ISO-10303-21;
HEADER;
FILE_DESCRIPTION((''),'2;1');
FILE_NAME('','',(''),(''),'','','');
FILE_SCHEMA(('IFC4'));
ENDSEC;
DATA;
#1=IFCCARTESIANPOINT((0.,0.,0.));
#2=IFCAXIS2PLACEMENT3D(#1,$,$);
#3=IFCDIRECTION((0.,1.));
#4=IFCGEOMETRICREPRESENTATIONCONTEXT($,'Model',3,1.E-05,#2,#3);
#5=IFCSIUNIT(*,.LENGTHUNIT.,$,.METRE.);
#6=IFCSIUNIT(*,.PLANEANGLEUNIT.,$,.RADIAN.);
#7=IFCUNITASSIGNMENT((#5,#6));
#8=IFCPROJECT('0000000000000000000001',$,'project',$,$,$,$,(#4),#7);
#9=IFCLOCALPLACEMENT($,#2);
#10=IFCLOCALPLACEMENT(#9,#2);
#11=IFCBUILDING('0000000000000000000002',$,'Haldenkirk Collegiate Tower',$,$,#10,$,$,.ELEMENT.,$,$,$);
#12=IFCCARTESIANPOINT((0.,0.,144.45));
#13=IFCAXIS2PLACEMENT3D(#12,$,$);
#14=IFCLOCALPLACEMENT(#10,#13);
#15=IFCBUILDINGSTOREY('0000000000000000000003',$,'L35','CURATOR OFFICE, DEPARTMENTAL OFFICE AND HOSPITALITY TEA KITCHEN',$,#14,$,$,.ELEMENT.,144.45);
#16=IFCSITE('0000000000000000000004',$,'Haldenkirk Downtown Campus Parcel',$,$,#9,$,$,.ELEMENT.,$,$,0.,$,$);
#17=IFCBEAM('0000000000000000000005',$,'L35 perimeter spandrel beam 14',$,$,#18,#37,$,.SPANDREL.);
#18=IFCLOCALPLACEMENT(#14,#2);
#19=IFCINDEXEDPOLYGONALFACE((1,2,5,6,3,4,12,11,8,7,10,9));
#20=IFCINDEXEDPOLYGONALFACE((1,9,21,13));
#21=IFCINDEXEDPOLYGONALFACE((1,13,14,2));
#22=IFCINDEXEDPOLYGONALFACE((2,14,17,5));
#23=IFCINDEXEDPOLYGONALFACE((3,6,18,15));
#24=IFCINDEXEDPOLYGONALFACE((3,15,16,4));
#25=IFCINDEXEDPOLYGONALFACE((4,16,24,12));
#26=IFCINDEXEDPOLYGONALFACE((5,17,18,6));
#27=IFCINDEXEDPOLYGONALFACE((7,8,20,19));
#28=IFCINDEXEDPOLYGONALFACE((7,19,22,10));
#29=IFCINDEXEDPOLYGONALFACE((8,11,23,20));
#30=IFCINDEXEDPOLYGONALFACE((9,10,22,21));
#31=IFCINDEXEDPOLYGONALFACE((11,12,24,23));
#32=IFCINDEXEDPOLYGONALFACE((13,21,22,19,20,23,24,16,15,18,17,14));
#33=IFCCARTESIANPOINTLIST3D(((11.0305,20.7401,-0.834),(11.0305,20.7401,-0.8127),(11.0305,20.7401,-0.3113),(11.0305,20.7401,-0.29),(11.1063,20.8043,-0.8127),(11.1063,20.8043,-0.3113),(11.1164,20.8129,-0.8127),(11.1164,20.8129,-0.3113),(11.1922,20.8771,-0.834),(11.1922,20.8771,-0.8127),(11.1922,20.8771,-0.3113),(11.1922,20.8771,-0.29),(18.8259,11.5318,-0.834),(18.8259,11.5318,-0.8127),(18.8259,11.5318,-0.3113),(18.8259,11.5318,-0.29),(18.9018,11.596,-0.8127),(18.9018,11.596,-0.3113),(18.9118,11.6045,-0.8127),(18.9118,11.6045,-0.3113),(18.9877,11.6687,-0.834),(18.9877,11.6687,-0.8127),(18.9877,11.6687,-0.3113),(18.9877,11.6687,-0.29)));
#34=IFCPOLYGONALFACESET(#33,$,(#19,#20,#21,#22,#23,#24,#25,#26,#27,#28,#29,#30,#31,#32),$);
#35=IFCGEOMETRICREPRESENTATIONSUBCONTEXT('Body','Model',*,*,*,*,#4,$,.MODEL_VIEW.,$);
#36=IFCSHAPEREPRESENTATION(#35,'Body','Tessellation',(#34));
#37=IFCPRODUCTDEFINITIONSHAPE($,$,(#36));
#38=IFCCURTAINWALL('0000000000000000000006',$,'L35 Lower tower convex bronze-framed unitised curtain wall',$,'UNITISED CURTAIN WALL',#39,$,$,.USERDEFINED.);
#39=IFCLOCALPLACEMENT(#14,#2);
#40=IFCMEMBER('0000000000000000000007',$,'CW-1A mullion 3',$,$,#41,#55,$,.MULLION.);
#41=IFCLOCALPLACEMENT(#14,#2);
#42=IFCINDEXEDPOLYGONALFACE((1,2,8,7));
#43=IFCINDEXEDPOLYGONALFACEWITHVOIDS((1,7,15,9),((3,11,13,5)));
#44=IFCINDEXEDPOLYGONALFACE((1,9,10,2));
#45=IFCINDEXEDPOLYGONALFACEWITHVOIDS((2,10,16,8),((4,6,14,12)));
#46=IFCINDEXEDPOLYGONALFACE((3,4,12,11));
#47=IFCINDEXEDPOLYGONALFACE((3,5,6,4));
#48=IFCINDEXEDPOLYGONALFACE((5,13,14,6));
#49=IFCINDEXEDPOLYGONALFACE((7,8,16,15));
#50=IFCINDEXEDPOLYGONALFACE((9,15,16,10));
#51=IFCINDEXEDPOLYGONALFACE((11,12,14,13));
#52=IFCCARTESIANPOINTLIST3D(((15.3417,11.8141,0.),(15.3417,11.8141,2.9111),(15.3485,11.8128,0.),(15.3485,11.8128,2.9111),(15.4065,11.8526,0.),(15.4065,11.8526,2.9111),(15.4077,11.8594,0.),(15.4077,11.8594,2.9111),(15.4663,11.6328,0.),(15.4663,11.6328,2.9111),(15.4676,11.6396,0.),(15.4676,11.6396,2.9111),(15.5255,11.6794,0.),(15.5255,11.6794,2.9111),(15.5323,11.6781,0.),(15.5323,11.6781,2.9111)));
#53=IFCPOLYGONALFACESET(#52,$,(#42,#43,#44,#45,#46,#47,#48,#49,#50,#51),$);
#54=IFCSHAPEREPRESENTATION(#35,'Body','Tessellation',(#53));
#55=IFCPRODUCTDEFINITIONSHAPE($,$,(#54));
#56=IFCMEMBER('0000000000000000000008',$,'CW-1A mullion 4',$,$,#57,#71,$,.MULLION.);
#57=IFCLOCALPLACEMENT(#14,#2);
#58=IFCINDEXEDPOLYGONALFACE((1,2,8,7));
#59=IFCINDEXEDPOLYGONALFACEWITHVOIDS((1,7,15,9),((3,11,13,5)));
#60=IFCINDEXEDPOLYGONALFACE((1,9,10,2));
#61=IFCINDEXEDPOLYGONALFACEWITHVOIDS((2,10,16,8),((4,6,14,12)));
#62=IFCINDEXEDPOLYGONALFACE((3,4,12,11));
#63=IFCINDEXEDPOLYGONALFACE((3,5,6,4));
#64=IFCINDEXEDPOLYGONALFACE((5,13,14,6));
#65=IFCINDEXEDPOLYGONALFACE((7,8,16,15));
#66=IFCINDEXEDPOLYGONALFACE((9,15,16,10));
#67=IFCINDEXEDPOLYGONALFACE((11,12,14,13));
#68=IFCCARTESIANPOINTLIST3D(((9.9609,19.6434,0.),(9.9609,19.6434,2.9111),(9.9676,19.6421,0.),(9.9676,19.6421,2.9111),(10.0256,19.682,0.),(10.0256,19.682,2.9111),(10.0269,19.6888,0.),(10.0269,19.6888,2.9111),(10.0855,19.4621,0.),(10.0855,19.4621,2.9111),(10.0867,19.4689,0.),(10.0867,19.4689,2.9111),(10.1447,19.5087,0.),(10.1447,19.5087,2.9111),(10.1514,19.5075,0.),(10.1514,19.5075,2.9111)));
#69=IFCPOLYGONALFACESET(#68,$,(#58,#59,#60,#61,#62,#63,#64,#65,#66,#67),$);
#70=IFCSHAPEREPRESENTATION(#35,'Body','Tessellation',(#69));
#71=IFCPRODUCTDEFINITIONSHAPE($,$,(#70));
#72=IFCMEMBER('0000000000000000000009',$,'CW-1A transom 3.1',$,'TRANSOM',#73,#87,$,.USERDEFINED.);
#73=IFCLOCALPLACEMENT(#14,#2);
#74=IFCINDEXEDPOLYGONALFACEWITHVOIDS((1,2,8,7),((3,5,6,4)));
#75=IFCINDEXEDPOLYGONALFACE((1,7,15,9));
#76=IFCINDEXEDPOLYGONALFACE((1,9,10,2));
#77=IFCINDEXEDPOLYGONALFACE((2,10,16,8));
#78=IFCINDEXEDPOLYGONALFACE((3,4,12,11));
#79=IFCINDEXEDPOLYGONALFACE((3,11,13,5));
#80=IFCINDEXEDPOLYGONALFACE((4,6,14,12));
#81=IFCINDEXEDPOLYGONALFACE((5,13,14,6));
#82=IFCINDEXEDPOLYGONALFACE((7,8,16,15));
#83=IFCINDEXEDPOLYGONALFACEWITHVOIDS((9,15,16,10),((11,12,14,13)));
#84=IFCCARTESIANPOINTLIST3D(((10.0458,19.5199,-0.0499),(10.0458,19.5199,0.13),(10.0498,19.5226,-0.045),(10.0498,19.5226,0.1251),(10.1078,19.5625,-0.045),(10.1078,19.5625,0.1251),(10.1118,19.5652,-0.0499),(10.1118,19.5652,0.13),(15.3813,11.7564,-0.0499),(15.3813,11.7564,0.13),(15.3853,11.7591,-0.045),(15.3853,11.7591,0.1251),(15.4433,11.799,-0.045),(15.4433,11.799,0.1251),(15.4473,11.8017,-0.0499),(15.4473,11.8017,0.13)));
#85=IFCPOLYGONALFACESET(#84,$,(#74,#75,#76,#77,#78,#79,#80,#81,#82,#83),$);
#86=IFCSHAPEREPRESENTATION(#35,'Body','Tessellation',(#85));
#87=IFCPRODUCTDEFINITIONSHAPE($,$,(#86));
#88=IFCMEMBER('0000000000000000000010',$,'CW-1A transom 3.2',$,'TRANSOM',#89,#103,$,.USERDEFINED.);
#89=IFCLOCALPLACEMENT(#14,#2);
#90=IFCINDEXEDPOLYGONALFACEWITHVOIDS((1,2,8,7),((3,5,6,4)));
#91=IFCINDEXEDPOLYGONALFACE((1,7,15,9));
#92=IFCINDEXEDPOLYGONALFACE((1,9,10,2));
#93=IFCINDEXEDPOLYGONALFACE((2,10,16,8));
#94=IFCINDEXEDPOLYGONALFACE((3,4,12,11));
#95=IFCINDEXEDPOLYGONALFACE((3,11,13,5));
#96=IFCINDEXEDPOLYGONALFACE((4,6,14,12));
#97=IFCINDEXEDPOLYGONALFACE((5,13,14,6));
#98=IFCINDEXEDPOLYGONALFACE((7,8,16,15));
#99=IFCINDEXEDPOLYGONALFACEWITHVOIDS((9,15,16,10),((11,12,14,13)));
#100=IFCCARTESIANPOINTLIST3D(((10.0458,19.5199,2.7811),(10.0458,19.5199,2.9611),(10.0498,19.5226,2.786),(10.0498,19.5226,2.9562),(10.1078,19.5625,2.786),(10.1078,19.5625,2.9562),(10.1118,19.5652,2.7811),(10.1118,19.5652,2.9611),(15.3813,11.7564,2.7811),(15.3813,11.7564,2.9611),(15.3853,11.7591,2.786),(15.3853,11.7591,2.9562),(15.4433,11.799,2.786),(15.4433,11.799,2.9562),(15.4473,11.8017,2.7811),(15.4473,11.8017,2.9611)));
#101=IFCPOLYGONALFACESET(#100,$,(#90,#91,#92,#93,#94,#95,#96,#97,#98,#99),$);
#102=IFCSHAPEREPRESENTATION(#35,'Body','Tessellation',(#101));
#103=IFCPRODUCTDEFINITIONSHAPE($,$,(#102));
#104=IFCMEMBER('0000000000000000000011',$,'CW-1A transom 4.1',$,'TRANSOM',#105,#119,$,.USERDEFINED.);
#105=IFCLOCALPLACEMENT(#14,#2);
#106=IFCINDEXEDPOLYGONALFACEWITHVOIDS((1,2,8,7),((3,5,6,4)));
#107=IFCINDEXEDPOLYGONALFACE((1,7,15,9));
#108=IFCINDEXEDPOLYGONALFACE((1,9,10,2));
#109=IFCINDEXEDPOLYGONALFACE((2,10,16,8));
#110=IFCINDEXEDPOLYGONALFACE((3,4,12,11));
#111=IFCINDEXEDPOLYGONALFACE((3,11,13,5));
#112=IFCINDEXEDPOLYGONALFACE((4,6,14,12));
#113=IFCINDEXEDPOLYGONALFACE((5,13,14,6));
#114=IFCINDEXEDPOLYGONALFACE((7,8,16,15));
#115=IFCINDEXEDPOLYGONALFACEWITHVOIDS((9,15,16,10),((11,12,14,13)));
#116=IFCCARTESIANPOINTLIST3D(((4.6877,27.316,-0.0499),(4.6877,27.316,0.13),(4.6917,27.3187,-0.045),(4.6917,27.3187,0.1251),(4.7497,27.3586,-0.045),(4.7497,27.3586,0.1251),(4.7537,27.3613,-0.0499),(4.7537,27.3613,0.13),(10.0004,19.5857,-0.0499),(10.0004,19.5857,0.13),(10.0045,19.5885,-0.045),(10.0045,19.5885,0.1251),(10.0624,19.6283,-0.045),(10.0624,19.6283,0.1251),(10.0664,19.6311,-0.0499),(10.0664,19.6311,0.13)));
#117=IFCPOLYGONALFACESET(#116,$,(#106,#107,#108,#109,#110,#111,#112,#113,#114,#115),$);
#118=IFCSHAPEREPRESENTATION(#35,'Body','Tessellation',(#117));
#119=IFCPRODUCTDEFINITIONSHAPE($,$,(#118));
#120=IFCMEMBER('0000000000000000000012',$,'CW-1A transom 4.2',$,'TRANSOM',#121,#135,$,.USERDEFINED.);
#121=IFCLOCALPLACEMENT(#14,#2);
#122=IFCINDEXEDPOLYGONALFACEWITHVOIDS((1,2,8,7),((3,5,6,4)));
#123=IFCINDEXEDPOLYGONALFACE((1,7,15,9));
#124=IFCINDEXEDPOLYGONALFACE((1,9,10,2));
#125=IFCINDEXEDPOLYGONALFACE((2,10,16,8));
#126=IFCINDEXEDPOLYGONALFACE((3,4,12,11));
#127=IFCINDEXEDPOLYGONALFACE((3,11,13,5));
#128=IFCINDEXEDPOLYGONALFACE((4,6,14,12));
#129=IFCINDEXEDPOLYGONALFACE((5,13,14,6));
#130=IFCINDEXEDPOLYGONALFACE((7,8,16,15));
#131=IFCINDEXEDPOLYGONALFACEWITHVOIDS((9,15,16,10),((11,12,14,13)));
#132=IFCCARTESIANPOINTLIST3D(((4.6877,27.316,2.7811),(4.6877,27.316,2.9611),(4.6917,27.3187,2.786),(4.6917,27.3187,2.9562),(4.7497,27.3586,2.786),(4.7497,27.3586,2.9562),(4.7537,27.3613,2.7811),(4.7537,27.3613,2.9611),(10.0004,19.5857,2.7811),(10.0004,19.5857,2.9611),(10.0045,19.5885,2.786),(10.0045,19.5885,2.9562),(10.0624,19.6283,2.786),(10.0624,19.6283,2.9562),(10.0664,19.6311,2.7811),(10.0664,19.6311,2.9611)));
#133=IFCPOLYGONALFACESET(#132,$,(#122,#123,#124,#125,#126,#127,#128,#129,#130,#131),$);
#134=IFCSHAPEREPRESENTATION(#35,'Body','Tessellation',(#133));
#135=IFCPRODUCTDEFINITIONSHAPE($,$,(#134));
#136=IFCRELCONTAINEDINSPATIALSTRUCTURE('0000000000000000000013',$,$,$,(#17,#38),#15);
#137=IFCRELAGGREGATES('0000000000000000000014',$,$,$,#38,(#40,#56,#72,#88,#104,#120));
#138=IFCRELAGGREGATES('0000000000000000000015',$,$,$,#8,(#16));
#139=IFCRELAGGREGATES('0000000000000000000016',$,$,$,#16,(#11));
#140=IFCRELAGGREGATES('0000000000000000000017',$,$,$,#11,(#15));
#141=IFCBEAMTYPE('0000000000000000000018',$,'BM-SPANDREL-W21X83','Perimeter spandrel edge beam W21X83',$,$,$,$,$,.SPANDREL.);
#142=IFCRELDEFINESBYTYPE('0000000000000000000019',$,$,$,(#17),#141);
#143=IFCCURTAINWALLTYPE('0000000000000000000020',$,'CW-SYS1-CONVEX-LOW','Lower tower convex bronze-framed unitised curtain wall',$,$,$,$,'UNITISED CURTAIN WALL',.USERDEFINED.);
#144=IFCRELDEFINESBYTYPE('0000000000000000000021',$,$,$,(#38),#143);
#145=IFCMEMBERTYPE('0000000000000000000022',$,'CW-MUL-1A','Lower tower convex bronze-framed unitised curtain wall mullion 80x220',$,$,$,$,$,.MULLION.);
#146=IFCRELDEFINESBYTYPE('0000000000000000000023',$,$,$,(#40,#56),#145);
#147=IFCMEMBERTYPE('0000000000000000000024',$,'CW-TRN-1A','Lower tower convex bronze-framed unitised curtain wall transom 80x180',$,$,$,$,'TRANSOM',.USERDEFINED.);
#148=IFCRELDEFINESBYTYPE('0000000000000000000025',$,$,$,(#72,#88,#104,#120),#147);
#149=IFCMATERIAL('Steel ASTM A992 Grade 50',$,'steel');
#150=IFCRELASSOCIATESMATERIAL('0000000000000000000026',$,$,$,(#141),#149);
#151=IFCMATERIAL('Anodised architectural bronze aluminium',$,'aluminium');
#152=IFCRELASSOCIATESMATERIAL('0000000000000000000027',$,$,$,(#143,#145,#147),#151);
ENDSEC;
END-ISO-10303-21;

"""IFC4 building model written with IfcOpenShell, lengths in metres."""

from ifc_helpers import new_model, si_unit, direction, frame, origin, origin_2d, place, context, subcontext, project, spatial, hollow_rectangle, i_section, extrude, material, material_profile, profile_set, type_object, element, aggregate, save


model = new_model("IFC4")

# Units and contexts
model_context = context("Model", 3, precision=1e-05, world=origin(), true_north=direction((0.0, 1.0)))
body_context = subcontext(model_context, "Body", "Model", "MODEL_VIEW")
ifc_project = project(units=[si_unit("LENGTHUNIT", "METRE"), si_unit("PLANEANGLEUNIT", "RADIAN")], contexts=[model_context])

# Site, building, storey
site_placement = place(None, origin())
site = spatial("IfcSite", under=ifc_project, at=site_placement, Name="Haldenkirk Downtown Campus Parcel", CompositionType="ELEMENT", RefElevation=0.0)
building_placement = place(site_placement, origin())
building = spatial("IfcBuilding", under=site, at=building_placement, Name="Haldenkirk Collegiate Tower", CompositionType="ELEMENT")
storey_placement = place(building_placement, frame((0.0, 0.0, 144.45)))
storey = spatial("IfcBuildingStorey", under=building, at=storey_placement, Name="L35", Description="CURATOR OFFICE, DEPARTMENTAL OFFICE AND HOSPITALITY TEA KITCHEN", CompositionType="ELEMENT", Elevation=144.45)

# Beam
ifc_material_1 = material(Name="Steel ASTM A992 Grade 50", Category="steel")
ifc_material_profile_1 = material_profile(ifc_material_1, i_section(OverallWidth=0.2119, OverallDepth=0.5439, WebThickness=0.0132, FlangeThickness=0.0212, at=origin_2d()), Name="W21X83")
ifc_profile_set_1 = profile_set([ifc_material_profile_1], Name="Steel ASTM A992 Grade 50")
beam_type = type_object("IfcBeamType", Name="BM-SPANDREL-W21X83", Description="Perimeter spandrel edge beam W21X83", PredefinedType="SPANDREL", material=ifc_profile_set_1)
beam_placement = place(storey_placement, frame((11.1113, 20.8086, -0.562), z_axis=(0.646126, -0.76323, 0.0), x_axis=(0.76323, 0.646126, 0.0)))
element("IfcBeam", 1, at=beam_placement, inside=storey, type_object=beam_type, Name="L35 perimeter spandrel beam 14", PredefinedType="SPANDREL", context=body_context, shape_type="SweptSolid", body=[
    extrude(i_section(OverallWidth=0.2119, OverallDepth=0.5439, WebThickness=0.0132, FlangeThickness=0.0212, at=origin_2d()), origin(), (0.0, 0.0, 1.0), 12.0649),
])

# Curtain wall, members
ifc_material_2 = material(Name="Anodised architectural bronze aluminium", Category="aluminium")
curtain_wall_type = type_object("IfcCurtainWallType", Name="CW-SYS1-CONVEX-LOW", Description="Lower tower convex bronze-framed unitised curtain wall", ElementType="UNITISED CURTAIN WALL", PredefinedType="USERDEFINED", material=ifc_material_2)
curtain_wall_placement = place(storey_placement, origin())
curtain_wall = element("IfcCurtainWall", 2, at=curtain_wall_placement, inside=storey, type_object=curtain_wall_type, Name="L35 Lower tower convex bronze-framed unitised curtain wall", ObjectType="UNITISED CURTAIN WALL", PredefinedType="USERDEFINED")
ifc_material_profile_2 = material_profile(ifc_material_2, hollow_rectangle(XDim=0.0801, YDim=0.22, WallThickness=0.0049, at=origin_2d()), Name="CW-MUL-1A")
ifc_profile_set_2 = profile_set([ifc_material_profile_2], Name="Anodised architectural bronze aluminium")
member_type_1 = type_object("IfcMemberType", Name="CW-MUL-1A", Description="Lower tower convex bronze-framed unitised curtain wall mullion 80x220", PredefinedType="MULLION", material=ifc_profile_set_2)
member_1_placement = place(storey_placement, frame((15.437, 11.7461, 0.0), z_axis=(0.0, 0.0, 1.0), x_axis=(-0.824129, -0.566403, 0.0)))
member_1 = element("IfcMember", 3, at=member_1_placement, type_object=member_type_1, Name="CW-1A mullion 3", PredefinedType="MULLION", context=body_context, shape_type="SweptSolid", body=[
    extrude(hollow_rectangle(XDim=0.0801, YDim=0.22, WallThickness=0.0049, at=origin_2d()), origin(), (0.0, 0.0, 1.0), 2.9111),
])
member_2_placement = place(storey_placement, frame((10.0562, 19.5754, 0.0), z_axis=(0.0, 0.0, 1.0), x_axis=(-0.824129, -0.566403, 0.0)))
member_2 = element("IfcMember", 4, at=member_2_placement, type_object=member_type_1, Name="CW-1A mullion 4", PredefinedType="MULLION", context=body_context, shape_type="SweptSolid", body=[
    extrude(hollow_rectangle(XDim=0.0801, YDim=0.22, WallThickness=0.0049, at=origin_2d()), origin(), (0.0, 0.0, 1.0), 2.9111),
])
ifc_material_profile_3 = material_profile(ifc_material_2, hollow_rectangle(XDim=0.0801, YDim=0.1799, WallThickness=0.0049, at=origin_2d()), Name="CW-TRN-1A")
ifc_profile_set_3 = profile_set([ifc_material_profile_3], Name="Anodised architectural bronze aluminium")
member_type_2 = type_object("IfcMemberType", Name="CW-TRN-1A", Description="Lower tower convex bronze-framed unitised curtain wall transom 80x180", ElementType="TRANSOM", PredefinedType="USERDEFINED", material=ifc_profile_set_3)
member_3_placement = place(storey_placement, frame((15.4143, 11.7791, 0.04), z_axis=(-0.566391, 0.824136, 0.0), x_axis=(-0.824136, -0.566391, 0.0)))
member_3 = element("IfcMember", 5, at=member_3_placement, type_object=member_type_2, Name="CW-1A transom 3.1", ObjectType="TRANSOM", PredefinedType="USERDEFINED", context=body_context, shape_type="SweptSolid", body=[
    extrude(hollow_rectangle(XDim=0.0801, YDim=0.1799, WallThickness=0.0049, at=origin_2d()), origin(), (0.0, 0.0, 1.0), 9.4202),
])
member_4_placement = place(storey_placement, frame((15.4143, 11.7791, 2.8711), z_axis=(-0.566391, 0.824136, 0.0), x_axis=(-0.824136, -0.566391, 0.0)))
member_4 = element("IfcMember", 6, at=member_4_placement, type_object=member_type_2, Name="CW-1A transom 3.2", ObjectType="TRANSOM", PredefinedType="USERDEFINED", context=body_context, shape_type="SweptSolid", body=[
    extrude(hollow_rectangle(XDim=0.0801, YDim=0.1799, WallThickness=0.0049, at=origin_2d()), origin(), (0.0, 0.0, 1.0), 9.4202),
])
member_5_placement = place(storey_placement, frame((10.0334, 19.6084, 0.04), z_axis=(-0.5664, 0.824131, 0.0), x_axis=(-0.824131, -0.5664, 0.0)))
member_5 = element("IfcMember", 7, at=member_5_placement, type_object=member_type_2, Name="CW-1A transom 4.1", ObjectType="TRANSOM", PredefinedType="USERDEFINED", context=body_context, shape_type="SweptSolid", body=[
    extrude(hollow_rectangle(XDim=0.0801, YDim=0.1799, WallThickness=0.0049, at=origin_2d()), origin(), (0.0, 0.0, 1.0), 9.3799),
])
member_6_placement = place(storey_placement, frame((10.0334, 19.6084, 2.8711), z_axis=(-0.5664, 0.824131, 0.0), x_axis=(-0.824131, -0.5664, 0.0)))
member_6 = element("IfcMember", 8, at=member_6_placement, type_object=member_type_2, Name="CW-1A transom 4.2", ObjectType="TRANSOM", PredefinedType="USERDEFINED", context=body_context, shape_type="SweptSolid", body=[
    extrude(hollow_rectangle(XDim=0.0801, YDim=0.1799, WallThickness=0.0049, at=origin_2d()), origin(), (0.0, 0.0, 1.0), 9.3799),
])

aggregate(curtain_wall, [member_1, member_2, member_3, member_4, member_5, member_6])

save(model, "model.ifc")
